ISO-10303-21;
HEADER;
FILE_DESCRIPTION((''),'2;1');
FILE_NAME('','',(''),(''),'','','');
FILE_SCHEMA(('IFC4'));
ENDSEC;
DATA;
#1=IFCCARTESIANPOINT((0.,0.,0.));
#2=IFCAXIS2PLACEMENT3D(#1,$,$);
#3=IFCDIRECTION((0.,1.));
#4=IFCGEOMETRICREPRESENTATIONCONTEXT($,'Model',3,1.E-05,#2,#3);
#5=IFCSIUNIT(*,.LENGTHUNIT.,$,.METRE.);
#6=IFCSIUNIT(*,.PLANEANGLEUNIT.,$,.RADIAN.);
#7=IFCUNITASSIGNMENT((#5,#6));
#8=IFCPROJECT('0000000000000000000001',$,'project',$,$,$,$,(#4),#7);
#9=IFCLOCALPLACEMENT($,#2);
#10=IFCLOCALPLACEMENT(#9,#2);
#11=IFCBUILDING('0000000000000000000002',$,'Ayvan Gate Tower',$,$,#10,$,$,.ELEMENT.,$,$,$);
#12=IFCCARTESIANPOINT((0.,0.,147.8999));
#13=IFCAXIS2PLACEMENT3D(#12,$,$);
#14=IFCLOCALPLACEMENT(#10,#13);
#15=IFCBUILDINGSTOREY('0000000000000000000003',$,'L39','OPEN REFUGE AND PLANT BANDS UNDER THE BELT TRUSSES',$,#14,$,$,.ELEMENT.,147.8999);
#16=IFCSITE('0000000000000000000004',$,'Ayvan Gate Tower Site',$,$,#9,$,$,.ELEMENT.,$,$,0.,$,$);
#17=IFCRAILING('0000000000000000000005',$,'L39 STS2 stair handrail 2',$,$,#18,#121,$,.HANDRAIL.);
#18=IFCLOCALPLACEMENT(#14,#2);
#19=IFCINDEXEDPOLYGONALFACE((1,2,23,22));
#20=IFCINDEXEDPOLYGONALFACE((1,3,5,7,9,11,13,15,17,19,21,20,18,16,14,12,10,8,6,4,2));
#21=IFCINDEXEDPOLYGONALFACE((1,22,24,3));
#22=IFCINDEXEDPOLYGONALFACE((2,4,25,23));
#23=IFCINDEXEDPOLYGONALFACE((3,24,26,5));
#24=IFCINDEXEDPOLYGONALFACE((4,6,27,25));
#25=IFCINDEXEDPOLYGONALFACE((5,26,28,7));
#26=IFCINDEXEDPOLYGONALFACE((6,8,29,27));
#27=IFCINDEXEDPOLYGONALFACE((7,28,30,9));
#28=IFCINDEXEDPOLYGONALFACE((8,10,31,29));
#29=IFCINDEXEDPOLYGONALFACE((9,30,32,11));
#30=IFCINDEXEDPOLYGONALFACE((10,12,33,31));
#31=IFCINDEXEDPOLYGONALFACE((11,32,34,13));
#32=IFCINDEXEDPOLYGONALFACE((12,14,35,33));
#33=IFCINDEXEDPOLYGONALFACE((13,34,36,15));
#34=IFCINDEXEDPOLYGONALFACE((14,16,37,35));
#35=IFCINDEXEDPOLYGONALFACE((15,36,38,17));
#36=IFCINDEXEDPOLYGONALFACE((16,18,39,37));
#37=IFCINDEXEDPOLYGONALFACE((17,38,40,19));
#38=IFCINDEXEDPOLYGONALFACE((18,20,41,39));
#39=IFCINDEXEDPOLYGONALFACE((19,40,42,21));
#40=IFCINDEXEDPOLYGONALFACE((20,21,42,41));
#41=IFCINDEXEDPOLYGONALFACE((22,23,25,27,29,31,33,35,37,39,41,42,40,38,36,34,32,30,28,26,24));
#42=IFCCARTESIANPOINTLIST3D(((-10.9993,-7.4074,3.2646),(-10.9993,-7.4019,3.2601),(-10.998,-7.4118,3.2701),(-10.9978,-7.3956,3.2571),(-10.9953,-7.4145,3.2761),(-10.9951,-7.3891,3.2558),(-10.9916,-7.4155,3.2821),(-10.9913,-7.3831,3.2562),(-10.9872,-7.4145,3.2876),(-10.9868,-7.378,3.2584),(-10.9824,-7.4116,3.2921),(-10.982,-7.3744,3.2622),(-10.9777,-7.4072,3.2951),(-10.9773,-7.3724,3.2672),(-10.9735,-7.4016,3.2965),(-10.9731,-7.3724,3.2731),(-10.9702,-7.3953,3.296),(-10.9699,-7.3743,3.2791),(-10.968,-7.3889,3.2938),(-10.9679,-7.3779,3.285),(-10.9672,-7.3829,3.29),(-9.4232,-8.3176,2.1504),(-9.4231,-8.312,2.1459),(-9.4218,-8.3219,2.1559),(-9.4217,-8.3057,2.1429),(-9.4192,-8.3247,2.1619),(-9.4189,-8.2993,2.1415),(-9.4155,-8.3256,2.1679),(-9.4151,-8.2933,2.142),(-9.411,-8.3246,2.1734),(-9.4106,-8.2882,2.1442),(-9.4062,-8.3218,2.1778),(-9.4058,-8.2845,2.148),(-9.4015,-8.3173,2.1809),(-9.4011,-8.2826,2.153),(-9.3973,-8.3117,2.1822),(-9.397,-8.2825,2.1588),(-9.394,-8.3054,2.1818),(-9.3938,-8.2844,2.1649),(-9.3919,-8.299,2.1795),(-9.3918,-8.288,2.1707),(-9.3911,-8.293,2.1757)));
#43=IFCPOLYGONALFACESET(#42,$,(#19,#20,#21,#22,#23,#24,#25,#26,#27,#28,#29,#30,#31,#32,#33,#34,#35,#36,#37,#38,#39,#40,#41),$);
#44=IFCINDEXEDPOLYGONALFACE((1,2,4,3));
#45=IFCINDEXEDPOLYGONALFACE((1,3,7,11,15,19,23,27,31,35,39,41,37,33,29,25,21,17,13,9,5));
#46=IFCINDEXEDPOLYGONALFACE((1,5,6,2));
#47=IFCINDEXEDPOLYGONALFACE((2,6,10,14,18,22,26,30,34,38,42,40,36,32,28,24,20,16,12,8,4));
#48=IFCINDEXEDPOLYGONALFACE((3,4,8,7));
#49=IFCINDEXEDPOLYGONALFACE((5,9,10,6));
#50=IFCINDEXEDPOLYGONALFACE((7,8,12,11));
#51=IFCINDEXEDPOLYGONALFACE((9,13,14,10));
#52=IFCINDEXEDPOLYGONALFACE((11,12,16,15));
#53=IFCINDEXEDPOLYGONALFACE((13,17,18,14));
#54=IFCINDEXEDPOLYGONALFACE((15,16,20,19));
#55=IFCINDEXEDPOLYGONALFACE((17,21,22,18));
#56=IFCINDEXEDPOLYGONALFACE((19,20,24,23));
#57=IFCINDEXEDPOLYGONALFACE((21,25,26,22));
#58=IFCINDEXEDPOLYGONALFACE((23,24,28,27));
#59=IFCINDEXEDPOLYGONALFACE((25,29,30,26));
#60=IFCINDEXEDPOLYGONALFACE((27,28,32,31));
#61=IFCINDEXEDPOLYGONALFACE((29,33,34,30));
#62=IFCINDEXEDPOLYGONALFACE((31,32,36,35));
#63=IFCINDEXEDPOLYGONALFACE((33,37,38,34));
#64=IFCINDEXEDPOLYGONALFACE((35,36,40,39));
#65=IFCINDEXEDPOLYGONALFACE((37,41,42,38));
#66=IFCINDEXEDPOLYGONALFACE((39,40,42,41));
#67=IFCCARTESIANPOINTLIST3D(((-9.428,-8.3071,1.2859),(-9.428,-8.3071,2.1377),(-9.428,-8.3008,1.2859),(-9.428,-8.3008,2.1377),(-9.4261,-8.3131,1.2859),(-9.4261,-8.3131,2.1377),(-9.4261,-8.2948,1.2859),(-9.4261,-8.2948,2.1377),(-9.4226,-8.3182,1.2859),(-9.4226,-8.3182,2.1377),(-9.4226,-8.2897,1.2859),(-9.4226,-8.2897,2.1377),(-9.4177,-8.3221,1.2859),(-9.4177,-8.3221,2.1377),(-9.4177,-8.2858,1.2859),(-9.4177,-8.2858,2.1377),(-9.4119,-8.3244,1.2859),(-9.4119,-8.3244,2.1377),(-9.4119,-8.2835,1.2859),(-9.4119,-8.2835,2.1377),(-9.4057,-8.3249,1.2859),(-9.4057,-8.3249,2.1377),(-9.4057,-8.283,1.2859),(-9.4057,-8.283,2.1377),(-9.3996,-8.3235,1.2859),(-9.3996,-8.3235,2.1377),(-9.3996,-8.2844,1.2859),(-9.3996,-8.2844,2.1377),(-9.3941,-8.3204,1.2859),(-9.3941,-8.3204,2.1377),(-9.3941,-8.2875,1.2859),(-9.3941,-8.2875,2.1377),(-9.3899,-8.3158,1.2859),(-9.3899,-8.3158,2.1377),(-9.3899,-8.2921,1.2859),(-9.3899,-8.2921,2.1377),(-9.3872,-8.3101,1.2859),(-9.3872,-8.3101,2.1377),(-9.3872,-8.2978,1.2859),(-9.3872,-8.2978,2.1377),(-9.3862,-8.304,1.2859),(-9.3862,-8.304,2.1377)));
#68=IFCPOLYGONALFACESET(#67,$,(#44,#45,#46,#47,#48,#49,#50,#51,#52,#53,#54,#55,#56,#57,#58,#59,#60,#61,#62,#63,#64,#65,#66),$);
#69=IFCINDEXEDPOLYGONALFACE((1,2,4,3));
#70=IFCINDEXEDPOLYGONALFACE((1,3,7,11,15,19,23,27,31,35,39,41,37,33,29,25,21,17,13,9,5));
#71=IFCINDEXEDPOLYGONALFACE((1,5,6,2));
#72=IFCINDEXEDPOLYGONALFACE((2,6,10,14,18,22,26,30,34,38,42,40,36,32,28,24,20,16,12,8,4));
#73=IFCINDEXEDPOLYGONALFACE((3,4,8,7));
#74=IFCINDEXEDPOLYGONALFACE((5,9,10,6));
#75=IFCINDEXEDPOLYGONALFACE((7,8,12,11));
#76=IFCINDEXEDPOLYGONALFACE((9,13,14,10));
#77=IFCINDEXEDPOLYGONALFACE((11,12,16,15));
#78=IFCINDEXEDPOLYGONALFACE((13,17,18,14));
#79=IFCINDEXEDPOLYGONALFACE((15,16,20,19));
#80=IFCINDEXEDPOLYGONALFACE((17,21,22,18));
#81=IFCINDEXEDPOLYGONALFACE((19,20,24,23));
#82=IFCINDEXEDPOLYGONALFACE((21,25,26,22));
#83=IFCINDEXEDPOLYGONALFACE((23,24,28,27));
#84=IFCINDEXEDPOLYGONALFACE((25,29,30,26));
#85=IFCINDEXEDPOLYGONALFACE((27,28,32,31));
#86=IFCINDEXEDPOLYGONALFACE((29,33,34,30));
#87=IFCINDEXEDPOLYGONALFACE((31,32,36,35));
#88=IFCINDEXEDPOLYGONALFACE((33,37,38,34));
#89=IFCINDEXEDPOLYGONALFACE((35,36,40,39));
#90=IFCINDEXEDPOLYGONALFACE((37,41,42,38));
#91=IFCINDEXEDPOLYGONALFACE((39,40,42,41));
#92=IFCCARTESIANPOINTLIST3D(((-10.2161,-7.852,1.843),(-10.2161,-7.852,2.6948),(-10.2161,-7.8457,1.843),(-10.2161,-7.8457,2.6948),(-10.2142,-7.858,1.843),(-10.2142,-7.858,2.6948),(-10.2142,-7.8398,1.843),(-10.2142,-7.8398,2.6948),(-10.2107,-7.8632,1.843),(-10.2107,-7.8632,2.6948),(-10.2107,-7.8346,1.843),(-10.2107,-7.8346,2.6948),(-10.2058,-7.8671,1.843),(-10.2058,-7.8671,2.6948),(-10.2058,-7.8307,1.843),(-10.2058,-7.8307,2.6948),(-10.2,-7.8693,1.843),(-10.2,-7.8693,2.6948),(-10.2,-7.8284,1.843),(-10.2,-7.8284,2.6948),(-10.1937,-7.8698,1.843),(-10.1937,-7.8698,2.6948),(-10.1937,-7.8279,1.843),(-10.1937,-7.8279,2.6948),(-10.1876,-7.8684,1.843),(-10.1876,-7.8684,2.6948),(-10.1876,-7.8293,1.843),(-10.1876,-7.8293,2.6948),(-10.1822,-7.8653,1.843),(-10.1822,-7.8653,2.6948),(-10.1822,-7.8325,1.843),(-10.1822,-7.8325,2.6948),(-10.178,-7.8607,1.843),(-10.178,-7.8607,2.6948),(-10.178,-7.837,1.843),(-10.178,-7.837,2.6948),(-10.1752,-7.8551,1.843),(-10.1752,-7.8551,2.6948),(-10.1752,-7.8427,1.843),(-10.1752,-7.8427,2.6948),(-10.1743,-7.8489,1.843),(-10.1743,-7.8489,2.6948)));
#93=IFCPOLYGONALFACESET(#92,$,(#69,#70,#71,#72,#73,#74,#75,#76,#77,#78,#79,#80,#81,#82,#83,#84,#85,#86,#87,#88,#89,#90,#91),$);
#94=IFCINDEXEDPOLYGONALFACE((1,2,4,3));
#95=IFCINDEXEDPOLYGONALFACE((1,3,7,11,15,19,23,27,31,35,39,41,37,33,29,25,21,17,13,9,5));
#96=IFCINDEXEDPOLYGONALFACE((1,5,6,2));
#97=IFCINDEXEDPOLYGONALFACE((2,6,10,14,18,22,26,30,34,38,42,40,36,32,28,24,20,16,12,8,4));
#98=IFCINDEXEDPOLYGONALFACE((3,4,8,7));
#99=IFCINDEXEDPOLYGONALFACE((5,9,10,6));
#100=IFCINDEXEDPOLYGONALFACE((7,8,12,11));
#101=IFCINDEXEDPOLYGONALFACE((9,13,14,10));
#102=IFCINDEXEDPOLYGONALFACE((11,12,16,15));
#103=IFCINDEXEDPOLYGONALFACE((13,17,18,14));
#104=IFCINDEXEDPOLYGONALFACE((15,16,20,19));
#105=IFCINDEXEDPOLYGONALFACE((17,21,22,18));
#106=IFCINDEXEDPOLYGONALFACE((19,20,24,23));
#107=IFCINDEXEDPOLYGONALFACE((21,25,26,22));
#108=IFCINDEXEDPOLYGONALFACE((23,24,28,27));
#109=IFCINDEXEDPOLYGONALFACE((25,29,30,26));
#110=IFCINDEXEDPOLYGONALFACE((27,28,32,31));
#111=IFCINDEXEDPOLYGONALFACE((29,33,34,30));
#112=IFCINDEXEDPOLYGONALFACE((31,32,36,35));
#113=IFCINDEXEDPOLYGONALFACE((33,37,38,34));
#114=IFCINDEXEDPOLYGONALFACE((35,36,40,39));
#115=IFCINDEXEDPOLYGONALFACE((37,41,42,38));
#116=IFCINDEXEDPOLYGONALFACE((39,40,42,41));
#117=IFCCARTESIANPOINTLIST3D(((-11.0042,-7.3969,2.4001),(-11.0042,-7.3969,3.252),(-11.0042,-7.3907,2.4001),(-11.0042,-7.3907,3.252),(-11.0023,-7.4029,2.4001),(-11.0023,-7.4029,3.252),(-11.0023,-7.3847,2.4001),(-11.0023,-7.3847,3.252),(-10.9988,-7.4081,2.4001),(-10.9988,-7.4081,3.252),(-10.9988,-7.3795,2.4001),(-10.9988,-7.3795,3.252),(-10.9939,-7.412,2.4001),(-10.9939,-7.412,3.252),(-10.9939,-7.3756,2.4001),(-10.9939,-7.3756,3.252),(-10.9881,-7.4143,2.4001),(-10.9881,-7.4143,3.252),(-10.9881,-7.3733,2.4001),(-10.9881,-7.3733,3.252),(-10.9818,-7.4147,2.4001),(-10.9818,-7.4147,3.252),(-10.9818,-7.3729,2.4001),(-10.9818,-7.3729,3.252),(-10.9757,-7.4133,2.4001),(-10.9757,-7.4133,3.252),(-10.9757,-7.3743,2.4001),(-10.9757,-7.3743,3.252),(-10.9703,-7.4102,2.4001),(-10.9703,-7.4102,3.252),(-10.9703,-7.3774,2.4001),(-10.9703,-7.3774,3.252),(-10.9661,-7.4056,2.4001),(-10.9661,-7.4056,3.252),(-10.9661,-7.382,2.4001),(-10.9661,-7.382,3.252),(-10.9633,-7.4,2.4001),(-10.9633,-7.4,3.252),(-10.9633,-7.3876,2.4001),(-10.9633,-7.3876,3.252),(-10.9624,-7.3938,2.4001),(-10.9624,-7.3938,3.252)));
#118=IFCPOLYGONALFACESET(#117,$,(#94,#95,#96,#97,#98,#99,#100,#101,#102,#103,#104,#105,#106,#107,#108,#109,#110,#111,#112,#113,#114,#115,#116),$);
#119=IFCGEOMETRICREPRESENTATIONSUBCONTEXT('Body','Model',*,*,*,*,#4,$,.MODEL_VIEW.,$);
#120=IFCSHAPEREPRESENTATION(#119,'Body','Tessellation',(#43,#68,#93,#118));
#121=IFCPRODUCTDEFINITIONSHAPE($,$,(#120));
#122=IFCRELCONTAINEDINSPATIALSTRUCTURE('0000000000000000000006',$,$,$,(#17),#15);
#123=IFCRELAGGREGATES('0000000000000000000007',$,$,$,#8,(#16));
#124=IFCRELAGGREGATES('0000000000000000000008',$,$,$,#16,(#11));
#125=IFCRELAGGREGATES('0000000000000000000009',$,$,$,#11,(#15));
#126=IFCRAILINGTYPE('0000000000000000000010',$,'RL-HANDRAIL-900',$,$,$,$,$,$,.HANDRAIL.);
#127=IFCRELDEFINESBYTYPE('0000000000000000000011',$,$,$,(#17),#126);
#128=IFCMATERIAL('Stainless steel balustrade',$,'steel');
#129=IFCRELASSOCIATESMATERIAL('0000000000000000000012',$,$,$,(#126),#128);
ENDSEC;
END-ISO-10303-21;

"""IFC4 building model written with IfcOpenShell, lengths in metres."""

from ifc_helpers import new_model, si_unit, direction, frame, origin, origin_2d, place, context, subcontext, project, spatial, circle, extrude, material, type_object, element, save


model = new_model("IFC4")

# Units and contexts
model_context = context("Model", 3, precision=1e-05, world=origin(), true_north=direction((0.0, 1.0)))
body_context = subcontext(model_context, "Body", "Model", "MODEL_VIEW")
ifc_project = project(units=[si_unit("LENGTHUNIT", "METRE"), si_unit("PLANEANGLEUNIT", "RADIAN")], contexts=[model_context])

# Site, building, storey
site_placement = place(None, origin())
site = spatial("IfcSite", under=ifc_project, at=site_placement, Name="Ayvan Gate Tower Site", CompositionType="ELEMENT", RefElevation=0.0)
building_placement = place(site_placement, origin())
building = spatial("IfcBuilding", under=site, at=building_placement, Name="Ayvan Gate Tower", CompositionType="ELEMENT")
storey_placement = place(building_placement, frame((0.0, 0.0, 147.8999)))
storey = spatial("IfcBuildingStorey", under=building, at=storey_placement, Name="L39", Description="OPEN REFUGE AND PLANT BANDS UNDER THE BELT TRUSSES", CompositionType="ELEMENT", Elevation=147.8999)

# Railing
ifc_material_1 = material(Name="Stainless steel balustrade", Category="steel")
railing_type_1 = type_object("IfcRailingType", Name="RL-HANDRAIL-900", PredefinedType="HANDRAIL", material=ifc_material_1)
railing_1_placement = place(storey_placement, frame((-9.4072, -8.304, 1.2859)))
element("IfcRailing", 1, at=railing_1_placement, inside=storey, type_object=railing_type_1, Name="L39 STS2 stair handrail 2", PredefinedType="HANDRAIL", context=body_context, shape_type="SweptSolid", body=[
    extrude(circle(Radius=0.0239, at=origin_2d()), frame((0.0, 0.0, 0.876), z_axis=(-0.738574, 0.426488, 0.522127), x_axis=(-0.500063, -0.865989, 0.0)), (0.0, 0.0, 1.0), 2.134),
    extrude(circle(Radius=0.021, at=origin_2d()), origin(), (0.0, 0.0, 1.0), 0.8518),
    extrude(circle(Radius=0.021, at=origin_2d()), frame((-0.7881, 0.4551, 0.5571)), (0.0, 0.0, 1.0), 0.8518),
    extrude(circle(Radius=0.021, at=origin_2d()), frame((-1.5762, 0.9102, 1.1143)), (0.0, 0.0, 1.0), 0.8518),
])

save(model, "model.ifc")
